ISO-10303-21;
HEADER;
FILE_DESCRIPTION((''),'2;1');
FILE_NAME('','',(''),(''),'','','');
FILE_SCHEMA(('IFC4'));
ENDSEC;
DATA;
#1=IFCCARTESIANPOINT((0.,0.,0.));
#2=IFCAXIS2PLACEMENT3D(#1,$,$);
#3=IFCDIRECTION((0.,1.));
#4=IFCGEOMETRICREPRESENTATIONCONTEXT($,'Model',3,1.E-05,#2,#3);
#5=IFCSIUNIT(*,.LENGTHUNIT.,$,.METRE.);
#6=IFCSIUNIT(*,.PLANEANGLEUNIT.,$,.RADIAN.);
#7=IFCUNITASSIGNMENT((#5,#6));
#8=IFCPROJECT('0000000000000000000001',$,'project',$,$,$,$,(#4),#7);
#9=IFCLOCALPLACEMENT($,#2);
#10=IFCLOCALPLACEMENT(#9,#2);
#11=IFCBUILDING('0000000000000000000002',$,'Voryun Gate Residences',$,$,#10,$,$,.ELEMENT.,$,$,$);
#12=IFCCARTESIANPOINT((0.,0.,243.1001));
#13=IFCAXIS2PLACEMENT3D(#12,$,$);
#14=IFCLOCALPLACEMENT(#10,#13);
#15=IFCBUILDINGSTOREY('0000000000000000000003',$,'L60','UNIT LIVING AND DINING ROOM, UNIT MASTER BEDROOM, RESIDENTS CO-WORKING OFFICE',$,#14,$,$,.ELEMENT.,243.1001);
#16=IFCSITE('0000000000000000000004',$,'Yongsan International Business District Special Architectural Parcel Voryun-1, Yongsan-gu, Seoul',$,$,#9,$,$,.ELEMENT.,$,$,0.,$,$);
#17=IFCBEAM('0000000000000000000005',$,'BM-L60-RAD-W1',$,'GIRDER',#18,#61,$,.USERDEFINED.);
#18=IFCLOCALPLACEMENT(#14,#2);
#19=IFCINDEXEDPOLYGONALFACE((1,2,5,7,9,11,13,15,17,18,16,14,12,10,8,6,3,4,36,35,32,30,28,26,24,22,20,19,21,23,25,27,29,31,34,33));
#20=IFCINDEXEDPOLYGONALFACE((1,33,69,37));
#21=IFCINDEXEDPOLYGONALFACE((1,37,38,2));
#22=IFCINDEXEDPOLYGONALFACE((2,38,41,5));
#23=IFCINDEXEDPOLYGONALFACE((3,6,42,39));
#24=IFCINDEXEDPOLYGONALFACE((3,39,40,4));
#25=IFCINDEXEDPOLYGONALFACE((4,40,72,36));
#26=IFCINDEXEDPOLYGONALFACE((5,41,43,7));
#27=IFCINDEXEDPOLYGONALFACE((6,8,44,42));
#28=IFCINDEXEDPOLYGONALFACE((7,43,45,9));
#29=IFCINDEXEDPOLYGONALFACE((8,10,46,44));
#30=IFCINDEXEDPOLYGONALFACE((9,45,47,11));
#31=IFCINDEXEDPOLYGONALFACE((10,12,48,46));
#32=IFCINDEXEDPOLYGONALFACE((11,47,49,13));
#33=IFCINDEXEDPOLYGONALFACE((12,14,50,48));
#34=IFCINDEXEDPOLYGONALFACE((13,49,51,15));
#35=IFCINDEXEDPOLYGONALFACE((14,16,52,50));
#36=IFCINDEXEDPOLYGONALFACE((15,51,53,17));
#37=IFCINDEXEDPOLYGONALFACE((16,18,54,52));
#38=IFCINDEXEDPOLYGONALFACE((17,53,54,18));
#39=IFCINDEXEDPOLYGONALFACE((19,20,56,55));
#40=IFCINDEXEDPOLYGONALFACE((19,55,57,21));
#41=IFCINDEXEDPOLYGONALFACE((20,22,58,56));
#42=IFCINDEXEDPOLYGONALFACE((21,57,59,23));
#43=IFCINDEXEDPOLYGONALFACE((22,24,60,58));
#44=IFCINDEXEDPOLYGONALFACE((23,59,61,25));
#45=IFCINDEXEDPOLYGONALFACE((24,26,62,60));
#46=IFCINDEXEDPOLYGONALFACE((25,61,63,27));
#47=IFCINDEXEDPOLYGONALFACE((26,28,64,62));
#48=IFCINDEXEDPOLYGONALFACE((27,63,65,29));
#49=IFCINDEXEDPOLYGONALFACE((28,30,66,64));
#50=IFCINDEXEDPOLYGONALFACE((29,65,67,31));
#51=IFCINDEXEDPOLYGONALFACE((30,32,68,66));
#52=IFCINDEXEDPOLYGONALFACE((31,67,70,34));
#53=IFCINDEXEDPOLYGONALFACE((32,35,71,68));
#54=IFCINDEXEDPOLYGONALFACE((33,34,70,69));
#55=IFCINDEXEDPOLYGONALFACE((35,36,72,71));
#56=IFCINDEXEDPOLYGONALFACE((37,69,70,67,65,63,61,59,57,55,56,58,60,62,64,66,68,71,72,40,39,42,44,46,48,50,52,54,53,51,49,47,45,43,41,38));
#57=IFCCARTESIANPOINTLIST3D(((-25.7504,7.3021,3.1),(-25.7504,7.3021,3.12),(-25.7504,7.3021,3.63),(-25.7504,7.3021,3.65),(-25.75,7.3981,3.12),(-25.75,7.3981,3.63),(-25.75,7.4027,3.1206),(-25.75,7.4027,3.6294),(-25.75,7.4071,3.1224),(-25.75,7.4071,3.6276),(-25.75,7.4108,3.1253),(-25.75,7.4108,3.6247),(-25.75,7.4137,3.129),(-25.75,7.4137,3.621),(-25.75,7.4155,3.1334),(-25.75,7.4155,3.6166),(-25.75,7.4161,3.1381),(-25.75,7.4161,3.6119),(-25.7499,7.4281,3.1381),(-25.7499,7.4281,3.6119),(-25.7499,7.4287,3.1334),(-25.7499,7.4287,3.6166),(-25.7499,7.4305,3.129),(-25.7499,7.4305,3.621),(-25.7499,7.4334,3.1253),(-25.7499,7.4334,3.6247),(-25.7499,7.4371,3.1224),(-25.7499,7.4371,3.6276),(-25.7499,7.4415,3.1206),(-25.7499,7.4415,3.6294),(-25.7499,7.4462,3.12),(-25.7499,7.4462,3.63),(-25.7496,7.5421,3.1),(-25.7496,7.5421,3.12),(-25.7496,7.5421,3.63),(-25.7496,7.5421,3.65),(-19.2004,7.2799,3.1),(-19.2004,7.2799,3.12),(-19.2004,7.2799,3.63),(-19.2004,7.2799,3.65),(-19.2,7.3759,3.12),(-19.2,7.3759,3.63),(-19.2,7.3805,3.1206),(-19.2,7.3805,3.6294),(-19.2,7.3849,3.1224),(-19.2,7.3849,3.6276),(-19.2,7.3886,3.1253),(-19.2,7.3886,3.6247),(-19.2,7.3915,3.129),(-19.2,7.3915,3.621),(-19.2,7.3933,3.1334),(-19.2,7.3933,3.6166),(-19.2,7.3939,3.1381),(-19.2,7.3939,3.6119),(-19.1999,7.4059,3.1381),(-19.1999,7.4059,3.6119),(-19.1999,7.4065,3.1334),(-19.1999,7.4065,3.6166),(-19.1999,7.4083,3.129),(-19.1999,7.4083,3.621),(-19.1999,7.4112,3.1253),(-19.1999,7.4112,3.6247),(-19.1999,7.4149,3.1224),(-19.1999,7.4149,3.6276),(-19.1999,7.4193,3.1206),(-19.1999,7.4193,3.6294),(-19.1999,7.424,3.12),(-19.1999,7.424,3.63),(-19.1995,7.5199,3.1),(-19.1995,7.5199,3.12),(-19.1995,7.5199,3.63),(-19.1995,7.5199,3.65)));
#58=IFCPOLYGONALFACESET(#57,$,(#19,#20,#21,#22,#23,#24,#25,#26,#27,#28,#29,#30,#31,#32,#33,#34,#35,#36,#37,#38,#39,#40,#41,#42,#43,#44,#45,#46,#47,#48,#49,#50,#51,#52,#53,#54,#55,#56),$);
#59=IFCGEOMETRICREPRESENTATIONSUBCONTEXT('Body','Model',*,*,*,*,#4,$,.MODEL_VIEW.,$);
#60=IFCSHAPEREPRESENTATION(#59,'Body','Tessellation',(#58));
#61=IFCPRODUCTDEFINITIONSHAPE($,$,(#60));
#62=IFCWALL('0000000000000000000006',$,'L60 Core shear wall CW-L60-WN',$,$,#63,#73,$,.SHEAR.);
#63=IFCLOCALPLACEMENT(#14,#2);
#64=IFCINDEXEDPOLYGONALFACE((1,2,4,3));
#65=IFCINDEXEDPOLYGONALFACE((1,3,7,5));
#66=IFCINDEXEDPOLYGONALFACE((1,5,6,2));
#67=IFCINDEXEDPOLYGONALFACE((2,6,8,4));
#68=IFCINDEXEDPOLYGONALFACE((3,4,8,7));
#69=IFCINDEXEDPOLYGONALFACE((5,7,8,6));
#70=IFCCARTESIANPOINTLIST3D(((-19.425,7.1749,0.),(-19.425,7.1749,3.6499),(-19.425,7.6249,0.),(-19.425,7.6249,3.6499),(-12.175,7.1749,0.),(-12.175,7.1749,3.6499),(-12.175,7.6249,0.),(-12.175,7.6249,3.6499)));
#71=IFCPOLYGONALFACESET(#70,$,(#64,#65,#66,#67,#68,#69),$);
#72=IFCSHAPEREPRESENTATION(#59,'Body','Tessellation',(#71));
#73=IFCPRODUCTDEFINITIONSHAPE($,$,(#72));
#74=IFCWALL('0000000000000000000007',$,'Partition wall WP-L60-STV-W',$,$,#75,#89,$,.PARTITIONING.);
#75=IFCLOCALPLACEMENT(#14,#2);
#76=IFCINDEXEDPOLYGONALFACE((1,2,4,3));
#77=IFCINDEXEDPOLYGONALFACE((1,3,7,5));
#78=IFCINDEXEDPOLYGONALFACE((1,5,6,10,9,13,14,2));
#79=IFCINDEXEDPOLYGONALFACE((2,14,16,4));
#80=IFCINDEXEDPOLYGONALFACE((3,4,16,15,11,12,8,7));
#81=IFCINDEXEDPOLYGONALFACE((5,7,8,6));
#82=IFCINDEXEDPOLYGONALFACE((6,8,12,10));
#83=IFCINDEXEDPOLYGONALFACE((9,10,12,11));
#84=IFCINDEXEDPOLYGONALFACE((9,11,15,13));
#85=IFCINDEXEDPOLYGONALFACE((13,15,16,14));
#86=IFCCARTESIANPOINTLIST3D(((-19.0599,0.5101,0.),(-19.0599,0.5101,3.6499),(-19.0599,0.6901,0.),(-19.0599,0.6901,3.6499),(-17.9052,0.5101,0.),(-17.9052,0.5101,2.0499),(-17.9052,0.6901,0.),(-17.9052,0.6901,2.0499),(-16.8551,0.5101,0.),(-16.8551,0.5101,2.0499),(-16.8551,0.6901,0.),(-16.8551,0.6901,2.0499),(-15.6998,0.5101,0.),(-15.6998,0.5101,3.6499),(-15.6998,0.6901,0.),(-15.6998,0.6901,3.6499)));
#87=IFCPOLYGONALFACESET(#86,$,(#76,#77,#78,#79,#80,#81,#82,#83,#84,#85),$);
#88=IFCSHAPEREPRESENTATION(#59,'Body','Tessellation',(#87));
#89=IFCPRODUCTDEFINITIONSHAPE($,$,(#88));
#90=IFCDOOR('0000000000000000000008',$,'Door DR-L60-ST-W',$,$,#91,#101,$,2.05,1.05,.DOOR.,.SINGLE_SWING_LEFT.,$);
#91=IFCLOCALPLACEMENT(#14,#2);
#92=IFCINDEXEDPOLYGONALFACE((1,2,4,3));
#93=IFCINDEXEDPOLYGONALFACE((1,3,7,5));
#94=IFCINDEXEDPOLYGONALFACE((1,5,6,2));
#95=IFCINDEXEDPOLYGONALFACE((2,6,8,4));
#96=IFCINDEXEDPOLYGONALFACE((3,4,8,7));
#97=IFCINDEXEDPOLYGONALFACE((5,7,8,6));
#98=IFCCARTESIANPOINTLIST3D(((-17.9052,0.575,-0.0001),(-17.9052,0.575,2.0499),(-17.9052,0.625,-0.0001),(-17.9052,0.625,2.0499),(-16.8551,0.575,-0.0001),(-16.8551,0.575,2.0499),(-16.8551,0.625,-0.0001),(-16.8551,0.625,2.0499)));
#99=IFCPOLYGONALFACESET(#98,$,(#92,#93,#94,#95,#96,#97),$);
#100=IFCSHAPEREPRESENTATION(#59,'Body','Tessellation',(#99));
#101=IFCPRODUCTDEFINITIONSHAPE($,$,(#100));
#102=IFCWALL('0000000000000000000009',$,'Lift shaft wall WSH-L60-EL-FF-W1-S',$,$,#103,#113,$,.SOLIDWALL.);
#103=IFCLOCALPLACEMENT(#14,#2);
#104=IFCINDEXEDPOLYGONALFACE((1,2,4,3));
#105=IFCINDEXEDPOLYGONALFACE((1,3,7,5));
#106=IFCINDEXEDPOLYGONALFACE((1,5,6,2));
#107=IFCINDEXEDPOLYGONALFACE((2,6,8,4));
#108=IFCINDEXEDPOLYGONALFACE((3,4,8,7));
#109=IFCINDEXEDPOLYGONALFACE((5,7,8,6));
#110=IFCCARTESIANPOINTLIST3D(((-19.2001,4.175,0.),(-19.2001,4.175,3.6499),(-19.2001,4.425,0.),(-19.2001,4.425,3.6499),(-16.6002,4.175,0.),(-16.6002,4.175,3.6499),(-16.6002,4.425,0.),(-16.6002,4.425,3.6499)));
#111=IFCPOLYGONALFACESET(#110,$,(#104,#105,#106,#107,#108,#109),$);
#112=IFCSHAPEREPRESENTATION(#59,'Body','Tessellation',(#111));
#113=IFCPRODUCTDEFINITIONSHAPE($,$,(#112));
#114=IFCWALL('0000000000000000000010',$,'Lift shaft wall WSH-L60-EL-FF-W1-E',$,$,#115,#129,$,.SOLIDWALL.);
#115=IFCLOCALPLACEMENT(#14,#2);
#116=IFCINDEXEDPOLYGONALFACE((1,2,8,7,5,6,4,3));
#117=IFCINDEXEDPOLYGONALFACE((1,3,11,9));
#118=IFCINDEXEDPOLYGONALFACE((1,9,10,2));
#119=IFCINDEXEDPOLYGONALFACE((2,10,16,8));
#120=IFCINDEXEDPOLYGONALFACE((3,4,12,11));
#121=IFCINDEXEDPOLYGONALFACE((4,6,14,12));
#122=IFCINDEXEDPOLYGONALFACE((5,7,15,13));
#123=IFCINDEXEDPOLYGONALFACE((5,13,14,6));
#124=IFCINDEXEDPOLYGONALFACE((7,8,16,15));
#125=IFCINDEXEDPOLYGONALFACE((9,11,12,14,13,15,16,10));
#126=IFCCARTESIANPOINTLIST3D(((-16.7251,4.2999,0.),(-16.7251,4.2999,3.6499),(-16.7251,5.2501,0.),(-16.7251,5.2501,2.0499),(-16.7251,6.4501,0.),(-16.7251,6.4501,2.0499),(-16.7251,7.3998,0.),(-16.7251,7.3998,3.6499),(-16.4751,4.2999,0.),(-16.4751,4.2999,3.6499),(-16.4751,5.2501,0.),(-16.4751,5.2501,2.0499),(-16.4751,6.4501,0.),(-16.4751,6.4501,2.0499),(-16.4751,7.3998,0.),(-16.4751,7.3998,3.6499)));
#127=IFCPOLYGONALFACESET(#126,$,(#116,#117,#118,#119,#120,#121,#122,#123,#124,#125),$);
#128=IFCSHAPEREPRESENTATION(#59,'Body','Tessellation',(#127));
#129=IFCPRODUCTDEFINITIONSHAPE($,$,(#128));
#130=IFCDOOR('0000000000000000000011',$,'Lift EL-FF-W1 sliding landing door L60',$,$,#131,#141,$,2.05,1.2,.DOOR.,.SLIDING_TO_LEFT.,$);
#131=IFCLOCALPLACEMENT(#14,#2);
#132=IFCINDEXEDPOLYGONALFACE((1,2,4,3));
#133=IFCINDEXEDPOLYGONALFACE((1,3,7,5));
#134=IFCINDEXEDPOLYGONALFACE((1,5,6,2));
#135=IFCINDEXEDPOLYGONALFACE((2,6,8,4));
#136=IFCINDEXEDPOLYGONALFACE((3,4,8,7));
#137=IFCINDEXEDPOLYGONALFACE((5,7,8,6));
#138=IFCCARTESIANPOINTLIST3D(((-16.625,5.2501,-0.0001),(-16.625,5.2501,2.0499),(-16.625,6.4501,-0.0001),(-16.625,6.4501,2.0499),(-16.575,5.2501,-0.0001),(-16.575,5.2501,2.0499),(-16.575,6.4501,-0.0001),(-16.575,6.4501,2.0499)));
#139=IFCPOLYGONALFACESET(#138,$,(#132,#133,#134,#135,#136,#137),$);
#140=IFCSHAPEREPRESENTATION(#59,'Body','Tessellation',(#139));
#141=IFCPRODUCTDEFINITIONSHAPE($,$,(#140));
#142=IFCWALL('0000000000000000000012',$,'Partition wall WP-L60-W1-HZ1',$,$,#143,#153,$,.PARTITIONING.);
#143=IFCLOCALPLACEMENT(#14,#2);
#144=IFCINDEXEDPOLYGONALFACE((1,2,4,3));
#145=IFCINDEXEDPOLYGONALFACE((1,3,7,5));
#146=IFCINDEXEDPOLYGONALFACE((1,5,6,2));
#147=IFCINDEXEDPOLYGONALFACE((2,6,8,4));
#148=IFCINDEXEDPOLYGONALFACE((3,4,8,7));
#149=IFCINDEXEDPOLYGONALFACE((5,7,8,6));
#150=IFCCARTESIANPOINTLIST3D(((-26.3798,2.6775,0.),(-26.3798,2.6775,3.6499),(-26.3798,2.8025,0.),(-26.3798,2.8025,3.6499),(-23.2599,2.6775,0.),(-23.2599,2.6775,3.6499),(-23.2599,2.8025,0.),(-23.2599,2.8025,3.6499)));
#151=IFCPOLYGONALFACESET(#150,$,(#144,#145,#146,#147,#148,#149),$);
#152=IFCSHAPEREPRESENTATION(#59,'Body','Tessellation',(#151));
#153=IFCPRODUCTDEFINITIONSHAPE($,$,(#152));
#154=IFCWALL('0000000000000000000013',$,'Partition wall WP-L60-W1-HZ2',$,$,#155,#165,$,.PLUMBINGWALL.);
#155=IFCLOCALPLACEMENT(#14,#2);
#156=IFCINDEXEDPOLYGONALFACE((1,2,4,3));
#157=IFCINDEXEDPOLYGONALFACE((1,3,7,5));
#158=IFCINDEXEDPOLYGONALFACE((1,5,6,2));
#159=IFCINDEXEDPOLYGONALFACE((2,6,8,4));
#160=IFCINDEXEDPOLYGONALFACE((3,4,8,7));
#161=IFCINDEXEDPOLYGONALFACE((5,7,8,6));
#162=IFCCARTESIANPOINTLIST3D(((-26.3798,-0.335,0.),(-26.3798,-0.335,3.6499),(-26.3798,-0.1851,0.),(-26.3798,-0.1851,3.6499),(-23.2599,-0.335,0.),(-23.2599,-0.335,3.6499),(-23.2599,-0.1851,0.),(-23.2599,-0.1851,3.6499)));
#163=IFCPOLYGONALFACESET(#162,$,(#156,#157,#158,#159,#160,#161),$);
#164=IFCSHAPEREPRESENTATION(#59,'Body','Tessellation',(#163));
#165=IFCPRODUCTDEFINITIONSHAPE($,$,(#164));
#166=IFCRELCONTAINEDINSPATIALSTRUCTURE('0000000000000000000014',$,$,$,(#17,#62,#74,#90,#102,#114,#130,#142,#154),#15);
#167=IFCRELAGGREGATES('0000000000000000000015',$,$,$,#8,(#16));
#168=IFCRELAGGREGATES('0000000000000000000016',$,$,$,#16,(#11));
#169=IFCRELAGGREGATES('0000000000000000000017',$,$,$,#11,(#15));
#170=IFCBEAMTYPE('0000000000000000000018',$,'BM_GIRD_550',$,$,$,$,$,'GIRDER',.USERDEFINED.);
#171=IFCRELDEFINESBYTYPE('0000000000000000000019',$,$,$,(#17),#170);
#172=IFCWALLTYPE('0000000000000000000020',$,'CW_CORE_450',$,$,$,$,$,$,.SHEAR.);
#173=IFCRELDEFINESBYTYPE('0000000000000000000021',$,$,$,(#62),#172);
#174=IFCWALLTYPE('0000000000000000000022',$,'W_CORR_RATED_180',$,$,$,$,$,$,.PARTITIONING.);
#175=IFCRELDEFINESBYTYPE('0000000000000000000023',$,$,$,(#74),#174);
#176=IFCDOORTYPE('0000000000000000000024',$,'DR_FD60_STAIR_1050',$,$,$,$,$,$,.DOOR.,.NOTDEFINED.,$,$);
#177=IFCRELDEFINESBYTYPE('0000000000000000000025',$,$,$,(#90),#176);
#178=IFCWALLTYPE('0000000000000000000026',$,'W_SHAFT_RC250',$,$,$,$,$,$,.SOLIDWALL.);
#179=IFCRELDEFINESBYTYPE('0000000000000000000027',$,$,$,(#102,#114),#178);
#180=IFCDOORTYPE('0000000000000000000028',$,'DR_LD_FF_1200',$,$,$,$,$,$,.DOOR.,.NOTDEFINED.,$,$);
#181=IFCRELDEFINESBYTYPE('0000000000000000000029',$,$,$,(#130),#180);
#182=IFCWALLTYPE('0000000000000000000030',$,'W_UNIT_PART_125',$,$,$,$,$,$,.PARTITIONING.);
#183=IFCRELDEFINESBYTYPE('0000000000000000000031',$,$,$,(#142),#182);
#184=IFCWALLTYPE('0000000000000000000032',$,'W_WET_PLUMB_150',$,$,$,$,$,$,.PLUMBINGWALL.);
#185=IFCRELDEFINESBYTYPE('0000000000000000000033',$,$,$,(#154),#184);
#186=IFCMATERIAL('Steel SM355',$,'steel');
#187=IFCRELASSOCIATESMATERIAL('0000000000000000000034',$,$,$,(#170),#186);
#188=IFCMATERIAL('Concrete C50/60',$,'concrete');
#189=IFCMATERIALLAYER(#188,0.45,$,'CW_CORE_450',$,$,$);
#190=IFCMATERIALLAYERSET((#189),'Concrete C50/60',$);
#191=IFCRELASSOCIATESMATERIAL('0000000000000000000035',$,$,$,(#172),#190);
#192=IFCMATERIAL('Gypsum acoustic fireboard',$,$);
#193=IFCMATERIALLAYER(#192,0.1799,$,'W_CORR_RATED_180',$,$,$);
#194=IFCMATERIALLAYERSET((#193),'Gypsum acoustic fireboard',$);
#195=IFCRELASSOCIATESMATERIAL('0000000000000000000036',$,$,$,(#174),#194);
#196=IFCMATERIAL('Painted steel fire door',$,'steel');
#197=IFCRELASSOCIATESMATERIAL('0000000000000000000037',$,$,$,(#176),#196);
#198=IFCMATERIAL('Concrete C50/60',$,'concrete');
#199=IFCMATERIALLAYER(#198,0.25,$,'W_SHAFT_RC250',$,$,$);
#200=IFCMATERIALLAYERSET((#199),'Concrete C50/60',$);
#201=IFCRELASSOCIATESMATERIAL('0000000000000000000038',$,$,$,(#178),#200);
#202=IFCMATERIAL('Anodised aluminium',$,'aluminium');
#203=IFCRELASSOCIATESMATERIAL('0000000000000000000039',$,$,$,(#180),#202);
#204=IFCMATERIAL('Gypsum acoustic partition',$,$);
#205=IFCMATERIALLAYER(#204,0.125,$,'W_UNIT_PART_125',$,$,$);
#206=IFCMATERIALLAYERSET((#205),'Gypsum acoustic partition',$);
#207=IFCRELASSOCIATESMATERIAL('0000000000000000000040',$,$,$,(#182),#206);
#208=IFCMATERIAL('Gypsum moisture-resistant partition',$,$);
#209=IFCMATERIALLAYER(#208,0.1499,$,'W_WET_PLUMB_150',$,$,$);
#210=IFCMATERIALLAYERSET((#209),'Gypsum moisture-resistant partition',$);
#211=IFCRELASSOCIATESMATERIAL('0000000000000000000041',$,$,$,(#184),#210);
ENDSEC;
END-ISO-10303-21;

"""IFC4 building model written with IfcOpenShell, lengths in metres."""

from ifc_helpers import new_model, si_unit, direction, frame, frame_2d, origin, origin_2d, place, context, subcontext, project, spatial, rectangle, i_section, extrude, material, layer, layer_set, material_profile, profile_set, type_object, element, fill, save


model = new_model("IFC4")

# Units and contexts
model_context = context("Model", 3, precision=1e-05, world=origin(), true_north=direction((0.0, 1.0)))
body_context = subcontext(model_context, "Body", "Model", "MODEL_VIEW")
ifc_project = project(units=[si_unit("LENGTHUNIT", "METRE"), si_unit("PLANEANGLEUNIT", "RADIAN")], contexts=[model_context])

# Site, building, storey
site_placement = place(None, origin())
site = spatial("IfcSite", under=ifc_project, at=site_placement, Name="Yongsan International Business District Special Architectural Parcel Voryun-1, Yongsan-gu, Seoul", CompositionType="ELEMENT", RefElevation=0.0)
building_placement = place(site_placement, origin())
building = spatial("IfcBuilding", under=site, at=building_placement, Name="Voryun Gate Residences", CompositionType="ELEMENT")
storey_placement = place(building_placement, frame((0.0, 0.0, 243.1001)))
storey = spatial("IfcBuildingStorey", under=building, at=storey_placement, Name="L60", Description="UNIT LIVING AND DINING ROOM, UNIT MASTER BEDROOM, RESIDENTS CO-WORKING OFFICE", CompositionType="ELEMENT", Elevation=243.1001)

# Beam
ifc_material_1 = material(Name="Steel SM355", Category="steel")
ifc_material_profile_1 = material_profile(ifc_material_1, i_section(OverallWidth=0.24, OverallDepth=0.55, WebThickness=0.012, FlangeThickness=0.02, FilletRadius=0.0181, at=origin_2d()), Name="H-550x240x12x20")
ifc_profile_set_1 = profile_set([ifc_material_profile_1], Name="Steel SM355")
beam_type_1 = type_object("IfcBeamType", Name="BM_GIRD_550", ElementType="GIRDER", PredefinedType="USERDEFINED", material=ifc_profile_set_1)
beam_1_placement = place(storey_placement, frame((-19.2, 7.3999, 3.375), z_axis=(-0.999994, 0.003392, 0.0), x_axis=(-0.003392, -0.999994, 0.0)))
element("IfcBeam", 1, at=beam_1_placement, inside=storey, type_object=beam_type_1, Name="BM-L60-RAD-W1", ObjectType="GIRDER", PredefinedType="USERDEFINED", context=body_context, shape_type="SweptSolid", body=[
    extrude(i_section(OverallWidth=0.24, OverallDepth=0.55, WebThickness=0.012, FlangeThickness=0.02, FilletRadius=0.0181, at=origin_2d()), origin(), (0.0, 0.0, 1.0), 6.55),
])

# Wall
ifc_material_2 = material(Name="Concrete C50/60", Category="concrete")
ifc_layer_1 = layer(ifc_material_2, 0.45, Name="CW_CORE_450")
ifc_layer_set_1 = layer_set([ifc_layer_1], Name="Concrete C50/60")
wall_type_1 = type_object("IfcWallType", Name="CW_CORE_450", PredefinedType="SHEAR", material=ifc_layer_set_1)
wall_1_placement = place(storey_placement, frame((-19.425, 7.3999, 0.0), z_axis=(0.0, 0.0, 1.0), x_axis=(1.0, 0.0, 0.0)))
element("IfcWall", 2, at=wall_1_placement, inside=storey, type_object=wall_type_1, Name="L60 Core shear wall CW-L60-WN", PredefinedType="SHEAR", context=body_context, shape_type="SweptSolid", body=[
    extrude(rectangle(XDim=7.25, YDim=0.45, at=frame_2d((3.625, 0.0))), origin(), (0.0, 0.0, 1.0), 3.6499),
])

# Wall, opening, door
ifc_material_3 = material(Name="Gypsum acoustic fireboard")
ifc_layer_2 = layer(ifc_material_3, 0.1799, Name="W_CORR_RATED_180")
ifc_layer_set_2 = layer_set([ifc_layer_2], Name="Gypsum acoustic fireboard")
wall_type_2 = type_object("IfcWallType", Name="W_CORR_RATED_180", PredefinedType="PARTITIONING", material=ifc_layer_set_2)
wall_2_placement = place(storey_placement, frame((-19.0601, 0.6001, 0.0), z_axis=(0.0, 0.0, 1.0), x_axis=(1.0, 0.0, 0.0)))
wall_2 = element("IfcWall", 3, at=wall_2_placement, inside=storey, type_object=wall_type_2, Name="Partition wall WP-L60-STV-W", PredefinedType="PARTITIONING", context=body_context, shape_type="SweptSolid", body=[
    extrude(rectangle(XDim=3.3601, YDim=0.1799, at=frame_2d((1.6802, 0.0))), origin(), (0.0, 0.0, 1.0), 3.6499),
])
opening_1_placement = place(wall_2_placement, frame((1.155, 0.0, 0.0)))
opening_1 = element("IfcOpeningElement", 4, at=opening_1_placement, cuts=wall_2, PredefinedType="OPENING", context=body_context, shape_type="SweptSolid", body=[
    extrude(rectangle(XDim=1.05, YDim=2.05, at=frame_2d((0.5249, 1.0249))), frame((0.0, 0.0999, 0.0), z_axis=(0.0, -1.0, 0.0), x_axis=(1.0, 0.0, 0.0)), (0.0, 0.0, 1.0), 0.2),
])
ifc_material_4 = material(Name="Painted steel fire door", Category="steel")
door_type_1 = type_object("IfcDoorType", Name="DR_FD60_STAIR_1050", OperationType="NOTDEFINED", PredefinedType="DOOR", material=ifc_material_4)
door_1_placement = place(opening_1_placement, origin())
door_1 = element("IfcDoor", 5, at=door_1_placement, inside=storey, type_object=door_type_1, Name="Door DR-L60-ST-W", OperationType="SINGLE_SWING_LEFT", OverallHeight=2.05, OverallWidth=1.05, PredefinedType="DOOR", context=body_context, shape_type="SweptSolid", body=[
    extrude(rectangle(XDim=1.05, YDim=2.05, at=frame_2d((0.5249, 1.0249))), frame((0.0, 0.0249, 0.0), z_axis=(0.0, -1.0, 0.0), x_axis=(1.0, 0.0, 0.0)), (0.0, 0.0, 1.0), 0.05),
])
fill(opening_1, door_1)

# Wall
ifc_material_5 = material(Name="Concrete C50/60", Category="concrete")
ifc_layer_3 = layer(ifc_material_5, 0.25, Name="W_SHAFT_RC250")
ifc_layer_set_3 = layer_set([ifc_layer_3], Name="Concrete C50/60")
wall_type_3 = type_object("IfcWallType", Name="W_SHAFT_RC250", PredefinedType="SOLIDWALL", material=ifc_layer_set_3)
wall_3_placement = place(storey_placement, frame((-19.2, 4.3, 0.0), z_axis=(0.0, 0.0, 1.0), x_axis=(1.0, 0.0, 0.0)))
element("IfcWall", 6, at=wall_3_placement, inside=storey, type_object=wall_type_3, Name="Lift shaft wall WSH-L60-EL-FF-W1-S", PredefinedType="SOLIDWALL", context=body_context, shape_type="SweptSolid", body=[
    extrude(rectangle(XDim=2.5999, YDim=0.25, at=frame_2d((1.2998, 0.0))), origin(), (0.0, 0.0, 1.0), 3.6499),
])

# Wall, opening, door
wall_4_placement = place(storey_placement, frame((-16.6001, 4.3, 0.0), z_axis=(0.0, 0.0, 1.0), x_axis=(0.0, 1.0, 0.0)))
wall_4 = element("IfcWall", 7, at=wall_4_placement, inside=storey, type_object=wall_type_3, Name="Lift shaft wall WSH-L60-EL-FF-W1-E", PredefinedType="SOLIDWALL", context=body_context, shape_type="SweptSolid", body=[
    extrude(rectangle(XDim=3.0999, YDim=0.25, at=frame_2d((1.5498, 0.0))), origin(), (0.0, 0.0, 1.0), 3.6499),
])
opening_2_placement = place(wall_4_placement, frame((0.95, 0.0, 0.0)))
opening_2 = element("IfcOpeningElement", 8, at=opening_2_placement, cuts=wall_4, PredefinedType="OPENING", context=body_context, shape_type="SweptSolid", body=[
    extrude(rectangle(XDim=1.2, YDim=2.05, at=frame_2d((0.6001, 1.0249))), frame((0.0, 0.135, 0.0), z_axis=(0.0, -1.0, 0.0), x_axis=(1.0, 0.0, 0.0)), (0.0, 0.0, 1.0), 0.27),
])
ifc_material_6 = material(Name="Anodised aluminium", Category="aluminium")
door_type_2 = type_object("IfcDoorType", Name="DR_LD_FF_1200", OperationType="NOTDEFINED", PredefinedType="DOOR", material=ifc_material_6)
door_2_placement = place(opening_2_placement, origin())
door_2 = element("IfcDoor", 9, at=door_2_placement, inside=storey, type_object=door_type_2, Name="Lift EL-FF-W1 sliding landing door L60", OperationType="SLIDING_TO_LEFT", OverallHeight=2.05, OverallWidth=1.2, PredefinedType="DOOR", context=body_context, shape_type="SweptSolid", body=[
    extrude(rectangle(XDim=1.2, YDim=2.05, at=frame_2d((0.6001, 1.0249))), frame((0.0, 0.0249, 0.0), z_axis=(0.0, -1.0, 0.0), x_axis=(1.0, 0.0, 0.0)), (0.0, 0.0, 1.0), 0.05),
])
fill(opening_2, door_2)

# Walls
ifc_material_7 = material(Name="Gypsum acoustic partition")
ifc_layer_4 = layer(ifc_material_7, 0.125, Name="W_UNIT_PART_125")
ifc_layer_set_4 = layer_set([ifc_layer_4], Name="Gypsum acoustic partition")
wall_type_4 = type_object("IfcWallType", Name="W_UNIT_PART_125", PredefinedType="PARTITIONING", material=ifc_layer_set_4)
wall_5_placement = place(storey_placement, frame((-26.3799, 2.74, 0.0), z_axis=(0.0, 0.0, 1.0), x_axis=(1.0, 0.0, 0.0)))
element("IfcWall", 10, at=wall_5_placement, inside=storey, type_object=wall_type_4, Name="Partition wall WP-L60-W1-HZ1", PredefinedType="PARTITIONING", context=body_context, shape_type="SweptSolid", body=[
    extrude(rectangle(XDim=3.1199, YDim=0.125, at=frame_2d((1.5601, 0.0))), origin(), (0.0, 0.0, 1.0), 3.6499),
])
ifc_material_8 = material(Name="Gypsum moisture-resistant partition")
ifc_layer_5 = layer(ifc_material_8, 0.1499, Name="W_WET_PLUMB_150")
ifc_layer_set_5 = layer_set([ifc_layer_5], Name="Gypsum moisture-resistant partition")
wall_type_5 = type_object("IfcWallType", Name="W_WET_PLUMB_150", PredefinedType="PLUMBINGWALL", material=ifc_layer_set_5)
wall_6_placement = place(storey_placement, frame((-26.3799, -0.26, 0.0), z_axis=(0.0, 0.0, 1.0), x_axis=(1.0, 0.0, 0.0)))
element("IfcWall", 11, at=wall_6_placement, inside=storey, type_object=wall_type_5, Name="Partition wall WP-L60-W1-HZ2", PredefinedType="PLUMBINGWALL", context=body_context, shape_type="SweptSolid", body=[
    extrude(rectangle(XDim=3.1199, YDim=0.1499, at=frame_2d((1.5601, 0.0))), origin(), (0.0, 0.0, 1.0), 3.6499),
])

save(model, "model.ifc")
